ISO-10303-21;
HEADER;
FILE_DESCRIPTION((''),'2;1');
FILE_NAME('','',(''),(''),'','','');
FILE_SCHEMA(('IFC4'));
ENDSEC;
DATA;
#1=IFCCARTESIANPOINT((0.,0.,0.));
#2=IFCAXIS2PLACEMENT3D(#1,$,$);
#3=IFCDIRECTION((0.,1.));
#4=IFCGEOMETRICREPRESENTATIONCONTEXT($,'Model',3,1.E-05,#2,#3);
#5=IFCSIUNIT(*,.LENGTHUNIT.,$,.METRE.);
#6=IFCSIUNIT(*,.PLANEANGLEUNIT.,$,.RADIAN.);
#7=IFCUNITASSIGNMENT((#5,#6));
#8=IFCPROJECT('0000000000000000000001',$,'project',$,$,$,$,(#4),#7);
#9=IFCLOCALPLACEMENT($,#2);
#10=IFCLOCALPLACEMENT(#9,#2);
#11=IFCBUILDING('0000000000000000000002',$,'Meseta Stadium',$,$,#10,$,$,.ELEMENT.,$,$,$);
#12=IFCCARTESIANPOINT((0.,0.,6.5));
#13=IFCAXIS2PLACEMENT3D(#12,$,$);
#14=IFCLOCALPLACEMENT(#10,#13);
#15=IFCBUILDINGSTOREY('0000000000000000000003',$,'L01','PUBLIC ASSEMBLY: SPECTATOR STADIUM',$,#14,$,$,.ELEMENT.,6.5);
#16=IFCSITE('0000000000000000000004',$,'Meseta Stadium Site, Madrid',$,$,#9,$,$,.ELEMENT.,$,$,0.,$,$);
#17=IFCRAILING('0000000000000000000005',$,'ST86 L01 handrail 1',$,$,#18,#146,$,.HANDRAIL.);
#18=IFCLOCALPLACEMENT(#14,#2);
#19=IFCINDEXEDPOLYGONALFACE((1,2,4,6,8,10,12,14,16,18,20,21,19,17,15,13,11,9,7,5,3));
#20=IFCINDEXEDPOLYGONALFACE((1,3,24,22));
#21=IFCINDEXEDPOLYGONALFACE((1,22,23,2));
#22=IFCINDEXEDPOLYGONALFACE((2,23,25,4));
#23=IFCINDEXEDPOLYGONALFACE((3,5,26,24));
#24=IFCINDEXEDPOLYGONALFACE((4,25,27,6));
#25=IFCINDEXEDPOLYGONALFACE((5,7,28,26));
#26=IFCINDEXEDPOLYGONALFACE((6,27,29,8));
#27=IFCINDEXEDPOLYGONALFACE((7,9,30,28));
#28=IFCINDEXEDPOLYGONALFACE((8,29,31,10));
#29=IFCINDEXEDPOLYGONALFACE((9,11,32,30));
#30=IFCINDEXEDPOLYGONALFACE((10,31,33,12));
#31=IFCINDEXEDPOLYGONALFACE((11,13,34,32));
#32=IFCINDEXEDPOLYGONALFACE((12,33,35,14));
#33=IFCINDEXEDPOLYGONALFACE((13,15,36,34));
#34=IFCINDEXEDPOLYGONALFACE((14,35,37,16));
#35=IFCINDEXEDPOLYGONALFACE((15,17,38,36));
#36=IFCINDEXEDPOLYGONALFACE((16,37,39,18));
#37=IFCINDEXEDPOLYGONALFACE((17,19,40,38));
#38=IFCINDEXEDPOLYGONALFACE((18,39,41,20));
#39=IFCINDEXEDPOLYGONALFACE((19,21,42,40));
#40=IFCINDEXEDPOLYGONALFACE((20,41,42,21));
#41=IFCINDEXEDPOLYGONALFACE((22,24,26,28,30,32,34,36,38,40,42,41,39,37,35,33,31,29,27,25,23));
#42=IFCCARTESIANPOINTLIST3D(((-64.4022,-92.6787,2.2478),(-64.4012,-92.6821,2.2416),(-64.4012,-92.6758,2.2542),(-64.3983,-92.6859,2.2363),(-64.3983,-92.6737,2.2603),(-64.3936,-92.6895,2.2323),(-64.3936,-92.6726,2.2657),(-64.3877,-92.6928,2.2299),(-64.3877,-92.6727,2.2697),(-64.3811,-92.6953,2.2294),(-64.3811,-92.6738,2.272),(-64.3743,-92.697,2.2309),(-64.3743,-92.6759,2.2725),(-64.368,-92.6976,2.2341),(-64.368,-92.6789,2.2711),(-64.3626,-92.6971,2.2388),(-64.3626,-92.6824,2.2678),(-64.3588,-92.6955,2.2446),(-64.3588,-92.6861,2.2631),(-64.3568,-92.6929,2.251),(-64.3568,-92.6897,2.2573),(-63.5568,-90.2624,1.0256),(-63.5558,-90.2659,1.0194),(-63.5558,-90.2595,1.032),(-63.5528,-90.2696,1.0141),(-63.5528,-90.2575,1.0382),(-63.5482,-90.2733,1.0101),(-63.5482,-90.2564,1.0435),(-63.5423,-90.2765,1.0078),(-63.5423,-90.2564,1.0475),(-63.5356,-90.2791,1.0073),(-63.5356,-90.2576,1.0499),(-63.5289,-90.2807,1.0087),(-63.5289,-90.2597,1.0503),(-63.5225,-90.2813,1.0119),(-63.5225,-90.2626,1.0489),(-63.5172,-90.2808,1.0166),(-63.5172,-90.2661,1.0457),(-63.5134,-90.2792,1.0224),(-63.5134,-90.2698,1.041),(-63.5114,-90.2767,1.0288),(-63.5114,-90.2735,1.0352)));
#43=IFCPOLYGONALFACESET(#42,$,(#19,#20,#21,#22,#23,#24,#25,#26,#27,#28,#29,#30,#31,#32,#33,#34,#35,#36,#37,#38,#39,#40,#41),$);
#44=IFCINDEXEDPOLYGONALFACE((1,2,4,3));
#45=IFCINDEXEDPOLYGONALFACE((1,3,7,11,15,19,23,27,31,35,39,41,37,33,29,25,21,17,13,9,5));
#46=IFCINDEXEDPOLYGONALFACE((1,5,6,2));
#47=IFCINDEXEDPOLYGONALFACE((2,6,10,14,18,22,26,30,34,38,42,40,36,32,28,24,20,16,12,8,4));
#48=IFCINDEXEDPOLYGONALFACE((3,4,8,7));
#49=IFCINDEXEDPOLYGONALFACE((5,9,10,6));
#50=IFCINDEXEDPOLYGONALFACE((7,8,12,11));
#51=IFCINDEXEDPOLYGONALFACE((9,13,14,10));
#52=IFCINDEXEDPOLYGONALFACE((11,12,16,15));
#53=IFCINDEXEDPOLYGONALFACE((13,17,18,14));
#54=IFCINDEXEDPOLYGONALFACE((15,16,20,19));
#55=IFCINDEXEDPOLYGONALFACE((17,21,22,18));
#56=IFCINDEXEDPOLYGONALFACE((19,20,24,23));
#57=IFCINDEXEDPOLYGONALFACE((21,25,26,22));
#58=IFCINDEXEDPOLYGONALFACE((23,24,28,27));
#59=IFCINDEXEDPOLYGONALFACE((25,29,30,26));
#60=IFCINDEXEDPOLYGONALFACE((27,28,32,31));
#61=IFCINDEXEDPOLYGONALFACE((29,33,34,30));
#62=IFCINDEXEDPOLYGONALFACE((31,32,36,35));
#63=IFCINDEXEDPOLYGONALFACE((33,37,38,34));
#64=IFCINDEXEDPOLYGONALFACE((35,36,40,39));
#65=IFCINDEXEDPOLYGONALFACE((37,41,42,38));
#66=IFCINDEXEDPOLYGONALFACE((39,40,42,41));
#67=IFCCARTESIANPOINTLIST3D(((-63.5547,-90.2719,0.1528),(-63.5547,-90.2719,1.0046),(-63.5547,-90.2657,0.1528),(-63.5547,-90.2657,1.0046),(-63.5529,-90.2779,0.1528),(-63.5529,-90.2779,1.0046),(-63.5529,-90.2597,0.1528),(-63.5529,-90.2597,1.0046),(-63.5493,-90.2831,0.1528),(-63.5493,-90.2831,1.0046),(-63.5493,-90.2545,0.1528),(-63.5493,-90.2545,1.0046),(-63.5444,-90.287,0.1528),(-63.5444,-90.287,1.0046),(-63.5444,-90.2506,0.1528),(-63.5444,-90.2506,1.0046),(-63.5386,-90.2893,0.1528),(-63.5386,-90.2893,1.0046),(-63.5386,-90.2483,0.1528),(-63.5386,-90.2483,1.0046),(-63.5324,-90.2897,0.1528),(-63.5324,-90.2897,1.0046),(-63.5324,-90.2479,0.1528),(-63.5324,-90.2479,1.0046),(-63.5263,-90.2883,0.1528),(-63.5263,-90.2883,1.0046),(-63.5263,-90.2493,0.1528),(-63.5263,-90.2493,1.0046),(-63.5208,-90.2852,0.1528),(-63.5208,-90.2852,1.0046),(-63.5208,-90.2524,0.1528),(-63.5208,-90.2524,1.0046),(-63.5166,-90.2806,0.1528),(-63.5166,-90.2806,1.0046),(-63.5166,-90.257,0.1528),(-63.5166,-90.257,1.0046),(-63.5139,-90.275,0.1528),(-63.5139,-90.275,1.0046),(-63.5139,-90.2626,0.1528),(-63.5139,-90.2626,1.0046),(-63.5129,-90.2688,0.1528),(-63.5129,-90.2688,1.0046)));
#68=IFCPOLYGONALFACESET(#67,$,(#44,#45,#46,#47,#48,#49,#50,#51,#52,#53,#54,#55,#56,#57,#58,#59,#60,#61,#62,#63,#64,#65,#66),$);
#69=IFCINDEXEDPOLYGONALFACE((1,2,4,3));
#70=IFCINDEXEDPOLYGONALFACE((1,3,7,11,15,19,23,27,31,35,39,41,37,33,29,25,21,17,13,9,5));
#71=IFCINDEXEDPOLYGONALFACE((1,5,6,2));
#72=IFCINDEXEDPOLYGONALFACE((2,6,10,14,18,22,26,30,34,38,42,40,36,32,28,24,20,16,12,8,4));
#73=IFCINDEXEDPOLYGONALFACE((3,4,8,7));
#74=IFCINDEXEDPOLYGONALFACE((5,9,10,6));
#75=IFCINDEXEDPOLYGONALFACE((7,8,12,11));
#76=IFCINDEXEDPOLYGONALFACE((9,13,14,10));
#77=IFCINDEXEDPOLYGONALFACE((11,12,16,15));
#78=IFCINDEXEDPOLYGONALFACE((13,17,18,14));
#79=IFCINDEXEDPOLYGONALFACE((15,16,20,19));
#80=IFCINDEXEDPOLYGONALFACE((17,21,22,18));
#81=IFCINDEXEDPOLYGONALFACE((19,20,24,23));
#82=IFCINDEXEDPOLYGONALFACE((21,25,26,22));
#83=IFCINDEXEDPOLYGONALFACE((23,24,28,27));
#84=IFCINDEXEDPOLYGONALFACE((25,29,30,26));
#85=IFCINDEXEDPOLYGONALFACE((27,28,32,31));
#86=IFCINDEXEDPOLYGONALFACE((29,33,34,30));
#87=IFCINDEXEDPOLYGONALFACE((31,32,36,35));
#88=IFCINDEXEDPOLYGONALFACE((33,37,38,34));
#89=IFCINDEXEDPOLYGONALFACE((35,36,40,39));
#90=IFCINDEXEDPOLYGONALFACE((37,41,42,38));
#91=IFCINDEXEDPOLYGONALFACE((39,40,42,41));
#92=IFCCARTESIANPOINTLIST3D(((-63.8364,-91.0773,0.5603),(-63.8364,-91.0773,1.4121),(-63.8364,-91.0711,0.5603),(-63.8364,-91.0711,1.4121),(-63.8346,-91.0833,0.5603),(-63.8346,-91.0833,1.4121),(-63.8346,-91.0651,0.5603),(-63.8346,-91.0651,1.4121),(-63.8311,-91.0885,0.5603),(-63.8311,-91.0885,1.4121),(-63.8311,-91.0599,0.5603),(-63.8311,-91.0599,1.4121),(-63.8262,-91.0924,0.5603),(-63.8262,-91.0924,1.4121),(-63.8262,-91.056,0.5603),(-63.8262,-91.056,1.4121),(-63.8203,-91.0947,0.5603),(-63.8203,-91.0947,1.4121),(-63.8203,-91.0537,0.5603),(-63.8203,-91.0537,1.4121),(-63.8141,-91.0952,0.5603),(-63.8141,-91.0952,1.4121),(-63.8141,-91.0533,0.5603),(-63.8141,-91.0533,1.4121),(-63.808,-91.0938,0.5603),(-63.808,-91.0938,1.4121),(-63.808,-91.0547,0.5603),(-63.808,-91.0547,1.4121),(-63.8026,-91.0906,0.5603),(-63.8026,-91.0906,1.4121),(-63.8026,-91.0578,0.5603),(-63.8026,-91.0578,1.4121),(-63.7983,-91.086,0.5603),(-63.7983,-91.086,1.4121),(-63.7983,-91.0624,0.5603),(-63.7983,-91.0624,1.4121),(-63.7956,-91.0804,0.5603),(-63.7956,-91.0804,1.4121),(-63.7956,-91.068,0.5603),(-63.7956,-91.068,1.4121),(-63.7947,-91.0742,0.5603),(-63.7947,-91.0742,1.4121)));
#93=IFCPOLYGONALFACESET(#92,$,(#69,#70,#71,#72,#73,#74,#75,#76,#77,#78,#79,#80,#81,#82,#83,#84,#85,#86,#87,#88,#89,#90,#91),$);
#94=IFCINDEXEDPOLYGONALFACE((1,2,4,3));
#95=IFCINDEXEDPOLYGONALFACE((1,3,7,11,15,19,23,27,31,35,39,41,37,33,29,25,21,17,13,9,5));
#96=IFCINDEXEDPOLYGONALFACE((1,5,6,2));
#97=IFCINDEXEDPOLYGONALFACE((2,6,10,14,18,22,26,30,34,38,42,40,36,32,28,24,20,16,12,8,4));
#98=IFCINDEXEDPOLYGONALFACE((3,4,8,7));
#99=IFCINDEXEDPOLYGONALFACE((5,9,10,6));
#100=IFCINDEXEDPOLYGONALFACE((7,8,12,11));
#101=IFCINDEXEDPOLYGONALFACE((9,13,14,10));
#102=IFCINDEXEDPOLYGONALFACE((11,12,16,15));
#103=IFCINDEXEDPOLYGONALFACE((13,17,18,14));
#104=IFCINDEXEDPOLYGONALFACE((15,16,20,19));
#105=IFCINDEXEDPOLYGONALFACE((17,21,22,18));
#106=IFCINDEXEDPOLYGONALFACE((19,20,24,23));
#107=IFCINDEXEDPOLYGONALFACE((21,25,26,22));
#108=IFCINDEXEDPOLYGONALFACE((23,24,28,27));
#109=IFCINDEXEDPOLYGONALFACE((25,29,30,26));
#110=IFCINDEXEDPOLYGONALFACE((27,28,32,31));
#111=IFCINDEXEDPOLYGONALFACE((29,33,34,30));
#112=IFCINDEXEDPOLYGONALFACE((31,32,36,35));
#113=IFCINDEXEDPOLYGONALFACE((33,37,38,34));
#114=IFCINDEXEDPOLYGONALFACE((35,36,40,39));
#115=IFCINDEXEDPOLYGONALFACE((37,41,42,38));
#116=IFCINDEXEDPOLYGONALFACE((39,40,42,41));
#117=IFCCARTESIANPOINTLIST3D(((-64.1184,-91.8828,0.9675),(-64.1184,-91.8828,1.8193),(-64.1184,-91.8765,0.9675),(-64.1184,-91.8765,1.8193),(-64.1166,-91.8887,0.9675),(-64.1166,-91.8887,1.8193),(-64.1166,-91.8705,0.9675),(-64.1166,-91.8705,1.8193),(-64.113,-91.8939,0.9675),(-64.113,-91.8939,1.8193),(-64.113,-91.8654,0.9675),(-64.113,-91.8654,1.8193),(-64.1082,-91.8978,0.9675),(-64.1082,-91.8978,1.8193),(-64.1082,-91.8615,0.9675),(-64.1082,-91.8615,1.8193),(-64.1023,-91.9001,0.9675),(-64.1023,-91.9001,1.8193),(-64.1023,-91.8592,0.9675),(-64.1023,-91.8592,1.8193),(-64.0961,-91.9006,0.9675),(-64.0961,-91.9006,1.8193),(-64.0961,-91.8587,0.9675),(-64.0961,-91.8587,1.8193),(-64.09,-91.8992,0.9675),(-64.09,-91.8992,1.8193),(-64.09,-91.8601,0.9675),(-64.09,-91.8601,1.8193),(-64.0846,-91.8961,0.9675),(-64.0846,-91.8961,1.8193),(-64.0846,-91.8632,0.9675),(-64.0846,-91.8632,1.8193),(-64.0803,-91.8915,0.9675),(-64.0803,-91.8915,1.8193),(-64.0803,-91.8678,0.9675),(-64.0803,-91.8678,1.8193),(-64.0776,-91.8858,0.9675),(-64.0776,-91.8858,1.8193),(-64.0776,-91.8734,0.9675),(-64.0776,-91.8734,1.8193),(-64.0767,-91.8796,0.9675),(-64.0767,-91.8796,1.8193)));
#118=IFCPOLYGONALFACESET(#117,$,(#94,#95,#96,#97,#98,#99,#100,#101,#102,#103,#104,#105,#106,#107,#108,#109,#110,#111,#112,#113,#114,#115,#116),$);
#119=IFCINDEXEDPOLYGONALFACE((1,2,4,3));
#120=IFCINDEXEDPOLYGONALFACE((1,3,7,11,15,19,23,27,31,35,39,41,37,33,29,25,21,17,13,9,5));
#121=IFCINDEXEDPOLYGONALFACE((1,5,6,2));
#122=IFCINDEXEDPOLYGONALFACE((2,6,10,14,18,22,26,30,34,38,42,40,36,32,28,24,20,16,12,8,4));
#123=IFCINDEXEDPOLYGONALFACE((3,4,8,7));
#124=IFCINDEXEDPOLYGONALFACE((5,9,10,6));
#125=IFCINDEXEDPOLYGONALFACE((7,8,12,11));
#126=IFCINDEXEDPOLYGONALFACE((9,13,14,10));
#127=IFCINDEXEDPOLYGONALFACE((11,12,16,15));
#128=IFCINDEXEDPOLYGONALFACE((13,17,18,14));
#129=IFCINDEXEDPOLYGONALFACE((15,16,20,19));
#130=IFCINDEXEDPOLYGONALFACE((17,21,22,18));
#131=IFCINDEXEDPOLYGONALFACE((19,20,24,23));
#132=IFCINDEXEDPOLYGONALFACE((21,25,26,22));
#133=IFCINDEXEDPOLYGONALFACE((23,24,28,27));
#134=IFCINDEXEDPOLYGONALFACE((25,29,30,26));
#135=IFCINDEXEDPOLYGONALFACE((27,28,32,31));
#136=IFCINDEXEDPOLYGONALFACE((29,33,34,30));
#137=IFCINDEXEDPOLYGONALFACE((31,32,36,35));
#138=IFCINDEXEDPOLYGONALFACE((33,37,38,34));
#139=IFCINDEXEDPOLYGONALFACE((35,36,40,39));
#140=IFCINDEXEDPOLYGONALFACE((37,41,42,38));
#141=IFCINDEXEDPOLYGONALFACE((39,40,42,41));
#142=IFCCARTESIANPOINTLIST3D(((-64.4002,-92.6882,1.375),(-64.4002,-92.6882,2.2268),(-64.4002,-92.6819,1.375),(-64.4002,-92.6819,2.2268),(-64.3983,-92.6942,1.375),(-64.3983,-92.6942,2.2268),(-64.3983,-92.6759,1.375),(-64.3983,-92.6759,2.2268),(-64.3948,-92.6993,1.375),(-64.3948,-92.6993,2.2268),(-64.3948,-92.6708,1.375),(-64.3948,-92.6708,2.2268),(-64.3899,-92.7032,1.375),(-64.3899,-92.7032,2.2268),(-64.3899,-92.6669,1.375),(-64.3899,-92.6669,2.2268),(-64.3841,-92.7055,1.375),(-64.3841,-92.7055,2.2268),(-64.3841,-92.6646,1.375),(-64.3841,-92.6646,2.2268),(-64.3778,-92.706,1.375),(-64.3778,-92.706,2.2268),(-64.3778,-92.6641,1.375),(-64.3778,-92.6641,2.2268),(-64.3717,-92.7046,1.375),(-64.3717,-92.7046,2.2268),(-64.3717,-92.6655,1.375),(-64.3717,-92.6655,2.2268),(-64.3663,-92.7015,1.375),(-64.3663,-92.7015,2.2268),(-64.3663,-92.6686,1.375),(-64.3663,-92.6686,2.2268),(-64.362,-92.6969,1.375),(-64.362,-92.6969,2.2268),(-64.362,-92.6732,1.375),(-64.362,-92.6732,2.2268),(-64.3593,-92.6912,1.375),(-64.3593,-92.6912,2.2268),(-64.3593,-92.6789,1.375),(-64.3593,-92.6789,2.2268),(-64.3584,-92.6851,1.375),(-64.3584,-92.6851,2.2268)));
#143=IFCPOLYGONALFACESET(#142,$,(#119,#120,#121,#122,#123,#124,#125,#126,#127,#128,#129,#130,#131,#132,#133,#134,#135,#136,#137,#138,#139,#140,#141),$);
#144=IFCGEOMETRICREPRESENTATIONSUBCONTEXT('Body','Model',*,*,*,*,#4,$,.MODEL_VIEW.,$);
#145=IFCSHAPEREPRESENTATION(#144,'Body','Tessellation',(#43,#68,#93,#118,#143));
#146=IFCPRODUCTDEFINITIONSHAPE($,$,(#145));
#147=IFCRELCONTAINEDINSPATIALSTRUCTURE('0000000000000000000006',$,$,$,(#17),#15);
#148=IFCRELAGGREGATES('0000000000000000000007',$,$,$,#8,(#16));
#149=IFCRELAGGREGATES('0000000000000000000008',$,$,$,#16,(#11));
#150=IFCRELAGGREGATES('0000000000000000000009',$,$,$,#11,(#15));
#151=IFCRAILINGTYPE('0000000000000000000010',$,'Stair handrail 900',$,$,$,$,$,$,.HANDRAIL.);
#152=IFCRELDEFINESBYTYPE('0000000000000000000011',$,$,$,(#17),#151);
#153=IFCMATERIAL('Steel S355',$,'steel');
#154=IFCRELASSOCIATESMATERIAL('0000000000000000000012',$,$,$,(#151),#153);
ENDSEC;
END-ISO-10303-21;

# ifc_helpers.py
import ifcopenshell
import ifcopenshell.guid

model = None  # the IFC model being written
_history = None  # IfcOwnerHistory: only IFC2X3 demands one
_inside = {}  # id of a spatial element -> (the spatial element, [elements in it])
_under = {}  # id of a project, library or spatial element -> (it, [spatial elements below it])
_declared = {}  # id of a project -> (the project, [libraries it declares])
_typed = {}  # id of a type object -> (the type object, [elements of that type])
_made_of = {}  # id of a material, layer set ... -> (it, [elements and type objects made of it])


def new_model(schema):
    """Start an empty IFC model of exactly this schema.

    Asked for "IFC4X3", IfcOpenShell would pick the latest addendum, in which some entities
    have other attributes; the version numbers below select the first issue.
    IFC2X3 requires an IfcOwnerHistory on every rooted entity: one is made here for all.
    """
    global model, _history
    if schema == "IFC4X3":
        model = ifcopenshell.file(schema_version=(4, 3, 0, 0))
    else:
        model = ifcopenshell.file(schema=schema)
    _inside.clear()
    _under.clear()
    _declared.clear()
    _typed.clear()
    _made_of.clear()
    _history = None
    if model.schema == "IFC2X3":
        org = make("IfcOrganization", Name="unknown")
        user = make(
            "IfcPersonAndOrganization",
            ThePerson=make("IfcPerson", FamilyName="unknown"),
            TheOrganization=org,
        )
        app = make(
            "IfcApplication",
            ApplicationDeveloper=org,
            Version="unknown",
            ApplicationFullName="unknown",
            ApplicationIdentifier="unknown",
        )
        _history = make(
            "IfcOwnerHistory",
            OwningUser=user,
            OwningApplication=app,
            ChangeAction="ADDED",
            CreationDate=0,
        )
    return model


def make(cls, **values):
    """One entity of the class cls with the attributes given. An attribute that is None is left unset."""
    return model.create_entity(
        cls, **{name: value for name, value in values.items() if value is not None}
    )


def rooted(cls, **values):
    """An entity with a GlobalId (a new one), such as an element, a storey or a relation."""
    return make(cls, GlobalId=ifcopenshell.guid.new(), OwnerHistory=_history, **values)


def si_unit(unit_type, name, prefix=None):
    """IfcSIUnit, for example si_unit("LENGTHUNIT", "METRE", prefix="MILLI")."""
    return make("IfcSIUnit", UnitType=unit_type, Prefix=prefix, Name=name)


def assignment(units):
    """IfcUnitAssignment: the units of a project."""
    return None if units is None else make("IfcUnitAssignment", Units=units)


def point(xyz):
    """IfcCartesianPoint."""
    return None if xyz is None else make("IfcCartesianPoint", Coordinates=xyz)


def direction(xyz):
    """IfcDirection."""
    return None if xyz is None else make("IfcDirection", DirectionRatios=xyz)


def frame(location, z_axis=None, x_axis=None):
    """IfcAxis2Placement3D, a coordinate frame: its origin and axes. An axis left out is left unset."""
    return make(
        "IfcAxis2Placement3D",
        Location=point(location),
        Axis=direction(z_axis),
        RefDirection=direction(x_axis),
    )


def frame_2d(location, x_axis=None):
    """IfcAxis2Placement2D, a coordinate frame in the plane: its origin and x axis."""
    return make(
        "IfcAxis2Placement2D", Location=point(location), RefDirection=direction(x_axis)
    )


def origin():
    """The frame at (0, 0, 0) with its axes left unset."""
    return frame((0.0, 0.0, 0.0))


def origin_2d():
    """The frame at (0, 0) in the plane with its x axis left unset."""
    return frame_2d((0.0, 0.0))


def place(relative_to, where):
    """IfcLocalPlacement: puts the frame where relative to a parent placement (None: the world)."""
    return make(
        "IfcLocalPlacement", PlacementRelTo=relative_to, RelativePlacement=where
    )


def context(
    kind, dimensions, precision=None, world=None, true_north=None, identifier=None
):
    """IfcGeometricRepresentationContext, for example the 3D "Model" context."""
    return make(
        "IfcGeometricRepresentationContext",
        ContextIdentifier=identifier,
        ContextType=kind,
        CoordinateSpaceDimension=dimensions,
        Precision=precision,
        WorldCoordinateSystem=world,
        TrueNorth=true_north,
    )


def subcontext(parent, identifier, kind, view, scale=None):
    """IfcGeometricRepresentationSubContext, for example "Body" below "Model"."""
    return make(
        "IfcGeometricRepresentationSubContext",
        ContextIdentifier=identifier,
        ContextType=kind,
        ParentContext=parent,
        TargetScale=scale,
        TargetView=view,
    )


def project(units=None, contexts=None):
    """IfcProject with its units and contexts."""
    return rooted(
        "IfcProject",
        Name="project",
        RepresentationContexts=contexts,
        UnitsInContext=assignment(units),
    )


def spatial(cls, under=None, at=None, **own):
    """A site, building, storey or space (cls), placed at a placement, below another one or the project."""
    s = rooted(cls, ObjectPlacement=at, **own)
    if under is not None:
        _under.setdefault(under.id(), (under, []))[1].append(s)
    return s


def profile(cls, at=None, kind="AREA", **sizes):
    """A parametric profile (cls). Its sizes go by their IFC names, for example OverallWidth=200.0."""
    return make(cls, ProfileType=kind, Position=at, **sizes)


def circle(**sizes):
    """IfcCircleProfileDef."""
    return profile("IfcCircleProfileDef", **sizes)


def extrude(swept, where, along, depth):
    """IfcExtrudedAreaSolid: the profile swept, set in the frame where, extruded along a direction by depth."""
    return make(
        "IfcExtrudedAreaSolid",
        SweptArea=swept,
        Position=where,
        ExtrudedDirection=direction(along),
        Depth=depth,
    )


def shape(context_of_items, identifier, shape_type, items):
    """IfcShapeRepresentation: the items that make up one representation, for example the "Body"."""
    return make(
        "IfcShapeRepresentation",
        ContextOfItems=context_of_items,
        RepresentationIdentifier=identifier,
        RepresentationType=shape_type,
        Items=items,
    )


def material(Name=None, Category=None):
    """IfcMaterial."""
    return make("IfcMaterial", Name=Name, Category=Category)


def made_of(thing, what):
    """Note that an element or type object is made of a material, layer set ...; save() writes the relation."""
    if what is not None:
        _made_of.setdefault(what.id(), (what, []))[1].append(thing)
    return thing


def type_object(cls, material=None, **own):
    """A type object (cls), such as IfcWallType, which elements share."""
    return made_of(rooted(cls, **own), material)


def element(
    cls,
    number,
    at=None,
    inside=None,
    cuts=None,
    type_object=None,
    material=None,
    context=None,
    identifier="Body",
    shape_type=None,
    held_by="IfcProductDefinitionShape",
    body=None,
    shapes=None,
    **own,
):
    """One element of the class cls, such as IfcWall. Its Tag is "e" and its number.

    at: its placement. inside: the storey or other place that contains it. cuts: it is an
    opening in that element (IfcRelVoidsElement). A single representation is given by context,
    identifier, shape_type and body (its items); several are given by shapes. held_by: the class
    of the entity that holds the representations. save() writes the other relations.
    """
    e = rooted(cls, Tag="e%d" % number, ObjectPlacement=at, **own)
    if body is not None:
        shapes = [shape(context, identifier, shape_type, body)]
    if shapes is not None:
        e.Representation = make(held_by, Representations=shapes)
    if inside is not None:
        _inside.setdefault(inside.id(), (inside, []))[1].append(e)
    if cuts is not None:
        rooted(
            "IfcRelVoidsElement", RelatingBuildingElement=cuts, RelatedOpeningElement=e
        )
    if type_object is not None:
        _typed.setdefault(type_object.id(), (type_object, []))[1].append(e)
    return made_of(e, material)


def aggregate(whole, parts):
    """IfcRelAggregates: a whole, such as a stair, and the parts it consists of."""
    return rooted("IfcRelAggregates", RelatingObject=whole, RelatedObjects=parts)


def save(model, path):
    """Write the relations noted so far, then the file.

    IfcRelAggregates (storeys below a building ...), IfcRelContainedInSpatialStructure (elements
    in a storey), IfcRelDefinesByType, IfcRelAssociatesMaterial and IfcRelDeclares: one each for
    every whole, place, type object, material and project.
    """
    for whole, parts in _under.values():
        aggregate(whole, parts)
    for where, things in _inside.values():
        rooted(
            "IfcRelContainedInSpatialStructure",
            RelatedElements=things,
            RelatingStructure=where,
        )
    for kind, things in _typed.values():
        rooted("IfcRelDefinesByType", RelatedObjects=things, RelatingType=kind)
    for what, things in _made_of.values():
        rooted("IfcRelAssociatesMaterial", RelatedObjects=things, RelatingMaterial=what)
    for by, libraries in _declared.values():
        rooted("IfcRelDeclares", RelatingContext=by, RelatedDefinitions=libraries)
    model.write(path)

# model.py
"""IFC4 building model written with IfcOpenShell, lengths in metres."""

from ifc_helpers import new_model, si_unit, direction, frame, origin, origin_2d, place, context, subcontext, project, spatial, circle, extrude, material, type_object, element, save


model = new_model("IFC4")

# Units and contexts
model_context = context("Model", 3, precision=1e-05, world=origin(), true_north=direction((0.0, 1.0)))
body_context = subcontext(model_context, "Body", "Model", "MODEL_VIEW")
ifc_project = project(units=[si_unit("LENGTHUNIT", "METRE"), si_unit("PLANEANGLEUNIT", "RADIAN")], contexts=[model_context])

# Site, building, storey
site_placement = place(None, origin())
site = spatial("IfcSite", under=ifc_project, at=site_placement, Name="Meseta Stadium Site, Madrid", CompositionType="ELEMENT", RefElevation=0.0)
building_placement = place(site_placement, origin())
building = spatial("IfcBuilding", under=site, at=building_placement, Name="Meseta Stadium", CompositionType="ELEMENT")
storey_placement = place(building_placement, frame((0.0, 0.0, 6.5)))
storey = spatial("IfcBuildingStorey", under=building, at=storey_placement, Name="L01", Description="PUBLIC ASSEMBLY: SPECTATOR STADIUM", CompositionType="ELEMENT", Elevation=6.5)

# Railing
ifc_material_1 = material(Name="Steel S355", Category="steel")
railing_type_1 = type_object("IfcRailingType", Name="Stair handrail 900", PredefinedType="HANDRAIL", material=ifc_material_1)
for number, where, name in (
    (1, (-63.5339, -90.2688, 0.1528), "ST86 L01 handrail 1"),
):
    element("IfcRailing", number, at=place(storey_placement, frame(where)), inside=storey, type_object=railing_type_1, Name=name, PredefinedType="HANDRAIL", context=body_context, shape_type="SweptSolid", body=[
        extrude(circle(Radius=0.0239, at=origin_2d()), frame((0.0, 0.0, 0.876), z_axis=(-0.298044, -0.851789, 0.430843), x_axis=(0.943887, -0.33027, 0.0)), (0.0, 0.0, 1.0), 2.8367),
        extrude(circle(Radius=0.021, at=origin_2d()), origin(), (0.0, 0.0, 1.0), 0.8518),
        extrude(circle(Radius=0.021, at=origin_2d()), frame((-0.2817, -0.8054, 0.4075)), (0.0, 0.0, 1.0), 0.8518),
        extrude(circle(Radius=0.021, at=origin_2d()), frame((-0.5637, -1.6108, 0.8147)), (0.0, 0.0, 1.0), 0.8518),
        extrude(circle(Radius=0.021, at=origin_2d()), frame((-0.8455, -2.4163, 1.2222)), (0.0, 0.0, 1.0), 0.8518),
    ])

save(model, "model.ifc")
